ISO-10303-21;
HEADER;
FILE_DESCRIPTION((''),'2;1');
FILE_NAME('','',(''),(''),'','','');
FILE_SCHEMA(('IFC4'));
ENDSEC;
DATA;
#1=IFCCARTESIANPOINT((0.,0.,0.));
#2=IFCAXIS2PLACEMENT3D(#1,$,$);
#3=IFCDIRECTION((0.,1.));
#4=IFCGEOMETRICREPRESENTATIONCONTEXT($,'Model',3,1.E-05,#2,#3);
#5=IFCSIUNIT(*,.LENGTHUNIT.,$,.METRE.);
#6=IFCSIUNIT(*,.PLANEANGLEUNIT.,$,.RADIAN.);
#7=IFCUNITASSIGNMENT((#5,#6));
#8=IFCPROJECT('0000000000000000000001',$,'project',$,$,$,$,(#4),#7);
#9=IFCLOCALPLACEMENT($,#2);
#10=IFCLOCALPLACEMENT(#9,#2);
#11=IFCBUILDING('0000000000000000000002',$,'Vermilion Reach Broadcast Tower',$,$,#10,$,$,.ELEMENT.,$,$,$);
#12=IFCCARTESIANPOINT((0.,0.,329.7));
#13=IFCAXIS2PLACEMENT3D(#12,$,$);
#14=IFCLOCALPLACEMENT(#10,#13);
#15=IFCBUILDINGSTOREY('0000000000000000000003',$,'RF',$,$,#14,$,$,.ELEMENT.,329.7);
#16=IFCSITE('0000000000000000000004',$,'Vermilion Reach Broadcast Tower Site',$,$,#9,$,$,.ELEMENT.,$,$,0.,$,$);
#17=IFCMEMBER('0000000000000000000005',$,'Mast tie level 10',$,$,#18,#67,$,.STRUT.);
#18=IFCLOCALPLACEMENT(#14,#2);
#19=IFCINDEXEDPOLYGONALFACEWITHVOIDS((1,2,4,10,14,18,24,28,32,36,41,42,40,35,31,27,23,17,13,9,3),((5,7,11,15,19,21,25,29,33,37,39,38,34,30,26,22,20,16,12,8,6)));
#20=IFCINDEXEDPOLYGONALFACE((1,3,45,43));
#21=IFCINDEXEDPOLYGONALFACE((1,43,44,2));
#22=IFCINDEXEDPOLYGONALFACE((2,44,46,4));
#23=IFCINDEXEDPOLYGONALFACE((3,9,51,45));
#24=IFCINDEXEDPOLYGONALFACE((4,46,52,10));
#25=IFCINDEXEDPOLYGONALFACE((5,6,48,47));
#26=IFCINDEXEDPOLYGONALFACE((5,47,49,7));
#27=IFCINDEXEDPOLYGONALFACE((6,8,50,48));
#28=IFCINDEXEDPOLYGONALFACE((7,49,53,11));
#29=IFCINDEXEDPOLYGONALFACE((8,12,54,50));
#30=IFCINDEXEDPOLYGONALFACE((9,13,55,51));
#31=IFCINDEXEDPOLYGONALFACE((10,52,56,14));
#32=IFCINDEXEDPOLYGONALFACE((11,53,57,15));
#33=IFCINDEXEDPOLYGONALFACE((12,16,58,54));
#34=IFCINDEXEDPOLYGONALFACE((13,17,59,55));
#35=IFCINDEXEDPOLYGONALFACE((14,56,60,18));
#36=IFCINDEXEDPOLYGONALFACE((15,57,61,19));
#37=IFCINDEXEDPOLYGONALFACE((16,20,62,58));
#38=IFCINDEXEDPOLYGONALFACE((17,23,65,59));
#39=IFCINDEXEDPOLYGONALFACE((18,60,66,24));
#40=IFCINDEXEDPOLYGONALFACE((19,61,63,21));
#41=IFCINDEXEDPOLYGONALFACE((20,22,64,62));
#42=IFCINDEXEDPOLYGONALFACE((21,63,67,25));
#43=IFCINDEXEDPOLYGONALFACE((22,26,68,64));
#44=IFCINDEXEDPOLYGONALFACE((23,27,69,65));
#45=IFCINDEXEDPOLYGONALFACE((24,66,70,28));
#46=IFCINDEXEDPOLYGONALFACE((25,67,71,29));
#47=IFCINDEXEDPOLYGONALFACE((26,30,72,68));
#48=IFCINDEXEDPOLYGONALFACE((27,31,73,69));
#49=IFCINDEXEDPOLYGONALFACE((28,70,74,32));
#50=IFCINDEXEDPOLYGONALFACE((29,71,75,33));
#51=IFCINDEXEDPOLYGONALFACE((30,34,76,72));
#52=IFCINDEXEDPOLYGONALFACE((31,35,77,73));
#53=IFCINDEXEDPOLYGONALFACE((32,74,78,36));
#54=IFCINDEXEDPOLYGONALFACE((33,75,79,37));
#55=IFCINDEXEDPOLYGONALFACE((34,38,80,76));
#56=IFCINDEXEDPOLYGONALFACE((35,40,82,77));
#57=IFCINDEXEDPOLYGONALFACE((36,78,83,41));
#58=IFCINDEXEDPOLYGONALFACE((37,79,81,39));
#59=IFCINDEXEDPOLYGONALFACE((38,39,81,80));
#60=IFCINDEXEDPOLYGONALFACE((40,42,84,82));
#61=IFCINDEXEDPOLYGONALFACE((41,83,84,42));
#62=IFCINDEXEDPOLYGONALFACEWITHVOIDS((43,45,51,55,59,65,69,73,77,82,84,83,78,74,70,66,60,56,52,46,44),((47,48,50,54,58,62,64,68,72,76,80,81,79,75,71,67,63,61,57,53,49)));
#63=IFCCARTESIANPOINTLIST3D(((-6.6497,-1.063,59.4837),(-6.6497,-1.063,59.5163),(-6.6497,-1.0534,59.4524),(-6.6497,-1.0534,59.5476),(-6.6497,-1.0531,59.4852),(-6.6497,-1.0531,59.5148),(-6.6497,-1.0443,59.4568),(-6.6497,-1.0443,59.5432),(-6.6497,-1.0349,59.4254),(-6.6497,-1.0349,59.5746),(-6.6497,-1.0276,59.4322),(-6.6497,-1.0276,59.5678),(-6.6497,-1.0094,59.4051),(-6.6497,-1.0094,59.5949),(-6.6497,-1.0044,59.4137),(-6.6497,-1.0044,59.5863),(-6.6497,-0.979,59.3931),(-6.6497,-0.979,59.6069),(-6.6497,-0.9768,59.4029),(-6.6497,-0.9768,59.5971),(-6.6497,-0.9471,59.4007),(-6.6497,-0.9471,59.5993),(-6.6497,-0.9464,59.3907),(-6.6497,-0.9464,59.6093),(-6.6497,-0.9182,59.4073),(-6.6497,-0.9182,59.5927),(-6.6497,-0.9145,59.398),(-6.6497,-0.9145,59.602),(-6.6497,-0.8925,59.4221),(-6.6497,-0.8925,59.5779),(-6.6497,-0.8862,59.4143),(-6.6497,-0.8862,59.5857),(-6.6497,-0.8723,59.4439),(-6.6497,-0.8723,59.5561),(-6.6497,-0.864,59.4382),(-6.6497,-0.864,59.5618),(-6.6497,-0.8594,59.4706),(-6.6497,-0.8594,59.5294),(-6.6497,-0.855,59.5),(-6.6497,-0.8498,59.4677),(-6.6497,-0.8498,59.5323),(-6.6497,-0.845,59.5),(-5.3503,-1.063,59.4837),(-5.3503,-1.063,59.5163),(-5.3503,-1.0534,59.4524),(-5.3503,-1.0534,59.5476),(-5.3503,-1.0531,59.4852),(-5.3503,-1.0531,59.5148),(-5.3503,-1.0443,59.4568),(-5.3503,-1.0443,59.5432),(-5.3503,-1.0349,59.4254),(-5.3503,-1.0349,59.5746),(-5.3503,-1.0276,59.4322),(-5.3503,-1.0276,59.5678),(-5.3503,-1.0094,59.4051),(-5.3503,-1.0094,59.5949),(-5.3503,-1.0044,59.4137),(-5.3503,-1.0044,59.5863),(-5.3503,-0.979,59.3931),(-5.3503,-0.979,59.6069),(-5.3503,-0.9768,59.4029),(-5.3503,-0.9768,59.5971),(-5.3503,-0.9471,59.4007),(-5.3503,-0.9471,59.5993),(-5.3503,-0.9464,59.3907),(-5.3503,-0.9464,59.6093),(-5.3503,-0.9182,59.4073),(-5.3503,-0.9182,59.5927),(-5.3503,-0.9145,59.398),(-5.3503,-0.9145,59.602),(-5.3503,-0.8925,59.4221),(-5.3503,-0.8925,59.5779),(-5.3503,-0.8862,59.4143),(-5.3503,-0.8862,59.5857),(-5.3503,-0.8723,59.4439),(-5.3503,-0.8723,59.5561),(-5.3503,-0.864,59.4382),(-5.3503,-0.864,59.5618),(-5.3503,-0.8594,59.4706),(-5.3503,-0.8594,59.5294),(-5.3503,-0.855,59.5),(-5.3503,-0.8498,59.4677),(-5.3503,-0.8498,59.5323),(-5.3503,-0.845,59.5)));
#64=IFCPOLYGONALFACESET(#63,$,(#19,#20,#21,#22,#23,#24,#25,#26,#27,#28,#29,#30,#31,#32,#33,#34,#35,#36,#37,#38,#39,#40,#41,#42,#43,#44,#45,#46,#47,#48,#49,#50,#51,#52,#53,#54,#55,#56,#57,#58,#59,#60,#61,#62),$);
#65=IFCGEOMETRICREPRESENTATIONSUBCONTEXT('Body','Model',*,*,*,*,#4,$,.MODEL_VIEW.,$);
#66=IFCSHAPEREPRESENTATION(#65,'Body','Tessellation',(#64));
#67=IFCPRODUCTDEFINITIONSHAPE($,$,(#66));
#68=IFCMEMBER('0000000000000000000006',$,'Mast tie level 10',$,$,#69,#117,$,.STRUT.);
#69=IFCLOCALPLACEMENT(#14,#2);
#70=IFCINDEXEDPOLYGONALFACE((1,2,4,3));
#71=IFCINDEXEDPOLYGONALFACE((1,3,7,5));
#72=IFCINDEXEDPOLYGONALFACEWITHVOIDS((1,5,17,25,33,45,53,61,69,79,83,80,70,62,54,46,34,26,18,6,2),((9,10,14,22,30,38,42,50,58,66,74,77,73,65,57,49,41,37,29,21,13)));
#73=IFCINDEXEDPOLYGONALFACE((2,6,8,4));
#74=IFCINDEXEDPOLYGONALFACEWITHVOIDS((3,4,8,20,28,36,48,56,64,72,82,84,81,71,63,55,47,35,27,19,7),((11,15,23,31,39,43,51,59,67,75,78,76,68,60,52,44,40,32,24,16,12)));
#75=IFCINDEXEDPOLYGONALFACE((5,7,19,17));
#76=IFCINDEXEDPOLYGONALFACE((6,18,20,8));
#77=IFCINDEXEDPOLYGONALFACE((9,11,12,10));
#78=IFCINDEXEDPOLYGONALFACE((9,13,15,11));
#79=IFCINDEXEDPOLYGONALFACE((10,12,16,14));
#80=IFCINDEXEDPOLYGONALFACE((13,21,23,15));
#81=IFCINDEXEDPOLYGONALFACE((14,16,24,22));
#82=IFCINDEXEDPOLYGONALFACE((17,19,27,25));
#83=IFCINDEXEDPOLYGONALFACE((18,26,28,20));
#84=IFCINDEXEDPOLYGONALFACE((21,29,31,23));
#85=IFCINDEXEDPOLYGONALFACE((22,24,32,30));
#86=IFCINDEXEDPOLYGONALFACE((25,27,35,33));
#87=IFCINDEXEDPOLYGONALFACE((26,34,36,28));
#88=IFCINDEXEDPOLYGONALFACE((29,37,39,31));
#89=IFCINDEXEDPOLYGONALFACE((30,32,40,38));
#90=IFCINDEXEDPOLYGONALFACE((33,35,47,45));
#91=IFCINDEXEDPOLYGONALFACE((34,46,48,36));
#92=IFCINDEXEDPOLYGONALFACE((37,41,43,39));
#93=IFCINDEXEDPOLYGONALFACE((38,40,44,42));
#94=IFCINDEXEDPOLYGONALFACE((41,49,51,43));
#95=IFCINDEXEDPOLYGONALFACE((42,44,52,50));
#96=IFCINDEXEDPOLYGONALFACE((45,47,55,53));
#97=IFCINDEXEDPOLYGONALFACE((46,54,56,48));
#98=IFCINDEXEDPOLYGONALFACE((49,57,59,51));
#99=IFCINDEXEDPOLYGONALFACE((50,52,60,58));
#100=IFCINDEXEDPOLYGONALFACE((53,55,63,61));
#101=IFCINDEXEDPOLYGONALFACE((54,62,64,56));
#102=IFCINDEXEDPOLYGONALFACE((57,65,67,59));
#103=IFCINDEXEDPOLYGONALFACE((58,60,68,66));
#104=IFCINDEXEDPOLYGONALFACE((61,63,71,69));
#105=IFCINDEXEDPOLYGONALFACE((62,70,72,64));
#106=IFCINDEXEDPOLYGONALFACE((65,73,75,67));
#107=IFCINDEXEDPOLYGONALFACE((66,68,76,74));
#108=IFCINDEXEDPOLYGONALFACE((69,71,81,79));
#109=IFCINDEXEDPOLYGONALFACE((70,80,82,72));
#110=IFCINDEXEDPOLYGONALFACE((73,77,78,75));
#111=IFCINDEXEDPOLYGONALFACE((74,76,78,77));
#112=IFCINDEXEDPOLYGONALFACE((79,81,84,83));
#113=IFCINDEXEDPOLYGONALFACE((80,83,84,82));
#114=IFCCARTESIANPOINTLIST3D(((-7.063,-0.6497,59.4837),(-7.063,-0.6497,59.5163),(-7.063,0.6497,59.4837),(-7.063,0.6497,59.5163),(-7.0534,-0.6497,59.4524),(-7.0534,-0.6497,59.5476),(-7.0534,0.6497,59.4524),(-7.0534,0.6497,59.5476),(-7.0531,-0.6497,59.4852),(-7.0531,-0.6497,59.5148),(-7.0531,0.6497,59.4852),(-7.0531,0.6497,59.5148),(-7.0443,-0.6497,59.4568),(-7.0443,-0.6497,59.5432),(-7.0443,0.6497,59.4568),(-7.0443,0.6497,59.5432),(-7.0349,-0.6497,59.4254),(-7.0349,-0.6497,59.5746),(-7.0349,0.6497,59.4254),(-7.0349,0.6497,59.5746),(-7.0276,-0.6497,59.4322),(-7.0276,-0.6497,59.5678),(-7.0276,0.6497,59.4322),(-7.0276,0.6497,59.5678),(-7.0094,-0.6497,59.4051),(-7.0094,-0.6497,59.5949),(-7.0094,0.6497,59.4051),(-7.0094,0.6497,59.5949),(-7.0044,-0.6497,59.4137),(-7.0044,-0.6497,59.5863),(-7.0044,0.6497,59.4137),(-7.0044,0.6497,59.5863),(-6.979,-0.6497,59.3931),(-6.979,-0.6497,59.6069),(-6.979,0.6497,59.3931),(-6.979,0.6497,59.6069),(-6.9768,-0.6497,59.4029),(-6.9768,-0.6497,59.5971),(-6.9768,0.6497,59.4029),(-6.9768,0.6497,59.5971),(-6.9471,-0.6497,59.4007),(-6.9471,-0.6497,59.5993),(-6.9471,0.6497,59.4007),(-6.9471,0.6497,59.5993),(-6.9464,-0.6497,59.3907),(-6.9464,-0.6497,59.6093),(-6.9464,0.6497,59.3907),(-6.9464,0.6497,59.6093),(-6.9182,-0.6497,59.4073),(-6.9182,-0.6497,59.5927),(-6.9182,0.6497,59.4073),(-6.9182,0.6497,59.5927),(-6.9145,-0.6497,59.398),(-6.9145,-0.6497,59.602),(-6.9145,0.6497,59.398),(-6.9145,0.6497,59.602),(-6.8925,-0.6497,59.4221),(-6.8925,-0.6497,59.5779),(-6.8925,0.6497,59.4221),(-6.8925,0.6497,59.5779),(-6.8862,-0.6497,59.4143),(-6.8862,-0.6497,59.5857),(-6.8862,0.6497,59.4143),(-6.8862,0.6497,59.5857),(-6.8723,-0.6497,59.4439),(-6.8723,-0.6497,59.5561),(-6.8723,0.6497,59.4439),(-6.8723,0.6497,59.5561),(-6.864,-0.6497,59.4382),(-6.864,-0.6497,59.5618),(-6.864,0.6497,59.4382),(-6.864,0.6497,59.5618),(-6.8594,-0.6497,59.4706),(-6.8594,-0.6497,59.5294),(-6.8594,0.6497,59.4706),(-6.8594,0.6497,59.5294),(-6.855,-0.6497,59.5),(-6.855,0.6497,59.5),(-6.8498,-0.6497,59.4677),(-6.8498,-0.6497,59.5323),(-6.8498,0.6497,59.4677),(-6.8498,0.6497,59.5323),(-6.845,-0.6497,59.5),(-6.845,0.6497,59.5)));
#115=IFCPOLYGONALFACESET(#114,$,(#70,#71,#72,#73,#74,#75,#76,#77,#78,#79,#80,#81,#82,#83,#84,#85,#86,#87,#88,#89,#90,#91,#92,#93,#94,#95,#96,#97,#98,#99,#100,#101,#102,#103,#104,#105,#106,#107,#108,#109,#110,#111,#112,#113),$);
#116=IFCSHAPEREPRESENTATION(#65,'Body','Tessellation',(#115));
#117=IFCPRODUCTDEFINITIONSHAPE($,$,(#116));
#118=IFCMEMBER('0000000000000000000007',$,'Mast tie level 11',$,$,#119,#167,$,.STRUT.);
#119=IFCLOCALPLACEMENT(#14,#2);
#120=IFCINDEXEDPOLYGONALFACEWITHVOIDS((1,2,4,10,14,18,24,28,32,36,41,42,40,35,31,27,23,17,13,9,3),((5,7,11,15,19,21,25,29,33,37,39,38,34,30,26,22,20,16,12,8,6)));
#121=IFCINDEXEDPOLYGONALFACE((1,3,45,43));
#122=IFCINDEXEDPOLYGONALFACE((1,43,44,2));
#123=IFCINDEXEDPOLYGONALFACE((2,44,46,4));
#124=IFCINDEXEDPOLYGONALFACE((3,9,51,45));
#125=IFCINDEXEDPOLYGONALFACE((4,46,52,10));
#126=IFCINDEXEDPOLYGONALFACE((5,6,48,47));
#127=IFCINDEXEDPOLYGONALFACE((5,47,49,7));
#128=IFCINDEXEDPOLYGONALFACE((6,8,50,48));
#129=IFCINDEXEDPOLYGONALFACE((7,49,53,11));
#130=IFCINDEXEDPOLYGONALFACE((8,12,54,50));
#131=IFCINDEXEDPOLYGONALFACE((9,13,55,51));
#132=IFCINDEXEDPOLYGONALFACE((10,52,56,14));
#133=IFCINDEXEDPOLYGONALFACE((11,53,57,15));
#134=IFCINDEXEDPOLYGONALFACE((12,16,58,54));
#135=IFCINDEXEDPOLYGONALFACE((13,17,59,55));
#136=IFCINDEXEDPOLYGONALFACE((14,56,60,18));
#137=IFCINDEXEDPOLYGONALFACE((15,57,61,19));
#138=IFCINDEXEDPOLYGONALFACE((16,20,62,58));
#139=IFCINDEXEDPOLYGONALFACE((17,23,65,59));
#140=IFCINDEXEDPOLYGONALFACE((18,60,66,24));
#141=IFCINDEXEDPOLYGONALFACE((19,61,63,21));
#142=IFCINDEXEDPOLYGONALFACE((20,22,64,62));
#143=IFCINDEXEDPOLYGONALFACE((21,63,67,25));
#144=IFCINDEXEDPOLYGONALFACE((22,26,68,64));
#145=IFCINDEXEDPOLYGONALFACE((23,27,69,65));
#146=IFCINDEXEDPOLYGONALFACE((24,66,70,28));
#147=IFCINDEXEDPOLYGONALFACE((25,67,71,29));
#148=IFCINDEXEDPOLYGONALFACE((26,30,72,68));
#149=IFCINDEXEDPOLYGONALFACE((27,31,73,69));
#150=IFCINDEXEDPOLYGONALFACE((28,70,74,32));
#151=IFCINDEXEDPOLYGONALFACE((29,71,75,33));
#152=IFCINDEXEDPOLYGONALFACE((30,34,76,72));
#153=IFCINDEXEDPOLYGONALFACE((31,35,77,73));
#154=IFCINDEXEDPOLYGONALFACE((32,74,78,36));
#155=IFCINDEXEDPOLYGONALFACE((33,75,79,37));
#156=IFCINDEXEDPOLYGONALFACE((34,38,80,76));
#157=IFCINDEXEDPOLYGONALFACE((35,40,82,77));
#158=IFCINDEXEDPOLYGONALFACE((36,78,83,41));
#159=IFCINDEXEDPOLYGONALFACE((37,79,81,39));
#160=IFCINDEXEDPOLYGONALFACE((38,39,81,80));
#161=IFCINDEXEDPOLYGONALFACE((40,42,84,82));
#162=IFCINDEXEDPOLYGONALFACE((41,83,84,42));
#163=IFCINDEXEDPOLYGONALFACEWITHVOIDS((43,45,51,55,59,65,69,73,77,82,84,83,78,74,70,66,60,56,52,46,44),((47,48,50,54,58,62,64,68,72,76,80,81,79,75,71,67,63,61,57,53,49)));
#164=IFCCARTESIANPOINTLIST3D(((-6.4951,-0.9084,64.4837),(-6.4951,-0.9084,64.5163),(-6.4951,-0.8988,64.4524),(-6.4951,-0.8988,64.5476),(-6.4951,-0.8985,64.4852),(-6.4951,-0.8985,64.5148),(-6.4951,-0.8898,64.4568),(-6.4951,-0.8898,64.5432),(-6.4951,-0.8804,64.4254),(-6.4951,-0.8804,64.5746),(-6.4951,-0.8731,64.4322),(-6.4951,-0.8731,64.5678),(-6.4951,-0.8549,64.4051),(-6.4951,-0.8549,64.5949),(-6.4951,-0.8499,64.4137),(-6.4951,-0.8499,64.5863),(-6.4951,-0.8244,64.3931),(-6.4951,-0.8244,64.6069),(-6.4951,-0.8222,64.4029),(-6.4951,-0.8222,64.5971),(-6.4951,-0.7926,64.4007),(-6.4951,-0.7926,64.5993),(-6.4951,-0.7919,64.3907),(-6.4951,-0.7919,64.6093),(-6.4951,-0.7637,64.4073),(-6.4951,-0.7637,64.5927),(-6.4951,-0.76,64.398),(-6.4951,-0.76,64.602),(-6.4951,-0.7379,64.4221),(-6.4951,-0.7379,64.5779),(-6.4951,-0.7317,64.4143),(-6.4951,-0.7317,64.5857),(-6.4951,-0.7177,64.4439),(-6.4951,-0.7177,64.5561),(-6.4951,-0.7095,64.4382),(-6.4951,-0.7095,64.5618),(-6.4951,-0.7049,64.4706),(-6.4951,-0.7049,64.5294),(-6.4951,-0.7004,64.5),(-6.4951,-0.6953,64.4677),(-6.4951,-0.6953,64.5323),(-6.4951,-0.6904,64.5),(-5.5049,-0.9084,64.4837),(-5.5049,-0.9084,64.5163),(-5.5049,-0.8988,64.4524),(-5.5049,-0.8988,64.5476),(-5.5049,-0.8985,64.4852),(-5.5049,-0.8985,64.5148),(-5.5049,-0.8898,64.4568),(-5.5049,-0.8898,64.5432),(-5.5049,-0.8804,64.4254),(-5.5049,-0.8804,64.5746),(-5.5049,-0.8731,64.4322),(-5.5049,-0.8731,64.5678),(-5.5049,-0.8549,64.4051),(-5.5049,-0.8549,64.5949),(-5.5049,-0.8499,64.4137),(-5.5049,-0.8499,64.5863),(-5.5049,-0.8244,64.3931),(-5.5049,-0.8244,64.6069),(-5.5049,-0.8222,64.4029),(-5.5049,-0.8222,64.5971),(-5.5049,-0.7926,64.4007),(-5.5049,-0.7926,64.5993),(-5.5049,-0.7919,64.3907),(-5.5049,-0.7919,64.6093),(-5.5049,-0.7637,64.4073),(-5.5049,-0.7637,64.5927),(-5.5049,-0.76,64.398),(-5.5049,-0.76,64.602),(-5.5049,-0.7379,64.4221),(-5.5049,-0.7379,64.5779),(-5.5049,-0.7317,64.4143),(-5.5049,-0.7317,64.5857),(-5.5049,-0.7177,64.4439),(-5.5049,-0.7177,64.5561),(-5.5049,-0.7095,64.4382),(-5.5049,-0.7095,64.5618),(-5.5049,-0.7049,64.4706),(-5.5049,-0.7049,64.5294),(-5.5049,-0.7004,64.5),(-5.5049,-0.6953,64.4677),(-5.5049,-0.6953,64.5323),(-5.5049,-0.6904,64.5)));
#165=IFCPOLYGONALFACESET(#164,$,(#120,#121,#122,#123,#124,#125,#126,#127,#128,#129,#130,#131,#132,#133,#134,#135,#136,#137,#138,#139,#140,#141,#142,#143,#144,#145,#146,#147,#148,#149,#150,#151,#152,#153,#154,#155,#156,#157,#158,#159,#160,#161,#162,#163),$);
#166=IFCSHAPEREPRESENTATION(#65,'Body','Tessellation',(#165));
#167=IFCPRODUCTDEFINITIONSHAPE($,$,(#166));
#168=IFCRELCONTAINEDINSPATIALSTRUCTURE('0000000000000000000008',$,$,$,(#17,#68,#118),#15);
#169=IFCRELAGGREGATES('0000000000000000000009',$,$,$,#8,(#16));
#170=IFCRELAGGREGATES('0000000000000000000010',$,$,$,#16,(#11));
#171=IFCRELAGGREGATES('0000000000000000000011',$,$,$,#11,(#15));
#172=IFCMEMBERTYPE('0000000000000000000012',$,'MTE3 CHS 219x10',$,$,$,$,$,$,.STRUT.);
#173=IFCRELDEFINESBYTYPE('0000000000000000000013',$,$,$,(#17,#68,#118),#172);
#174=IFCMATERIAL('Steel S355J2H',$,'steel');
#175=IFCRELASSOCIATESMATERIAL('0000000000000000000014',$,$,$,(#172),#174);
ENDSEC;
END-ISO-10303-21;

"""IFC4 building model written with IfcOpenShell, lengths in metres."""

from ifc_helpers import new_model, si_unit, direction, frame, origin, origin_2d, place, context, subcontext, project, spatial, hollow_circle, extrude, material, material_profile, profile_set, type_object, element, save


model = new_model("IFC4")

# Units and contexts
model_context = context("Model", 3, precision=1e-05, world=origin(), true_north=direction((0.0, 1.0)))
body_context = subcontext(model_context, "Body", "Model", "MODEL_VIEW")
ifc_project = project(units=[si_unit("LENGTHUNIT", "METRE"), si_unit("PLANEANGLEUNIT", "RADIAN")], contexts=[model_context])

# Site, building, storey
site_placement = place(None, origin())
site = spatial("IfcSite", under=ifc_project, at=site_placement, Name="Vermilion Reach Broadcast Tower Site", CompositionType="ELEMENT", RefElevation=0.0)
building_placement = place(site_placement, origin())
building = spatial("IfcBuilding", under=site, at=building_placement, Name="Vermilion Reach Broadcast Tower", CompositionType="ELEMENT")
storey_placement = place(building_placement, frame((0.0, 0.0, 329.7)))
storey = spatial("IfcBuildingStorey", under=building, at=storey_placement, Name="RF", CompositionType="ELEMENT", Elevation=329.7)

# Members
ifc_material_1 = material(Name="Steel S355J2H", Category="steel")
ifc_material_profile_1 = material_profile(ifc_material_1, hollow_circle(Radius=0.1096, WallThickness=0.01, at=origin_2d()), Name="S355J2H CHS 219x10")
ifc_profile_set_1 = profile_set([ifc_material_profile_1], Name="Steel S355J2H")
member_type_1 = type_object("IfcMemberType", Name="MTE3 CHS 219x10", PredefinedType="STRUT", material=ifc_profile_set_1)
for number, where, z_axis, x_axis, name in (
    (1, (-6.6497, -0.9546, 59.5), (1.0, 0.0, 0.0), (0.0, 1.0, 0.0), "Mast tie level 10"),
    (2, (-6.9546, 0.6497, 59.5), (0.0, -1.0, 0.0), (1.0, 0.0, 0.0), "Mast tie level 10"),
):
    element("IfcMember", number, at=place(storey_placement, frame(where, z_axis=z_axis, x_axis=x_axis)), inside=storey, type_object=member_type_1, Name=name, PredefinedType="STRUT", context=body_context, shape_type="SweptSolid", body=[
        extrude(hollow_circle(Radius=0.1096, WallThickness=0.01, at=origin_2d()), origin(), (0.0, 0.0, 1.0), 1.2993),
    ])
for number, where, z_axis, x_axis, name in (
    (3, (-6.4951, -0.8, 64.5), (1.0, 0.0, 0.0), (0.0, 1.0, 0.0), "Mast tie level 11"),
):
    element("IfcMember", number, at=place(storey_placement, frame(where, z_axis=z_axis, x_axis=x_axis)), inside=storey, type_object=member_type_1, Name=name, PredefinedType="STRUT", context=body_context, shape_type="SweptSolid", body=[
        extrude(hollow_circle(Radius=0.1096, WallThickness=0.01, at=origin_2d()), origin(), (0.0, 0.0, 1.0), 0.9902),
    ])

save(model, "model.ifc")
